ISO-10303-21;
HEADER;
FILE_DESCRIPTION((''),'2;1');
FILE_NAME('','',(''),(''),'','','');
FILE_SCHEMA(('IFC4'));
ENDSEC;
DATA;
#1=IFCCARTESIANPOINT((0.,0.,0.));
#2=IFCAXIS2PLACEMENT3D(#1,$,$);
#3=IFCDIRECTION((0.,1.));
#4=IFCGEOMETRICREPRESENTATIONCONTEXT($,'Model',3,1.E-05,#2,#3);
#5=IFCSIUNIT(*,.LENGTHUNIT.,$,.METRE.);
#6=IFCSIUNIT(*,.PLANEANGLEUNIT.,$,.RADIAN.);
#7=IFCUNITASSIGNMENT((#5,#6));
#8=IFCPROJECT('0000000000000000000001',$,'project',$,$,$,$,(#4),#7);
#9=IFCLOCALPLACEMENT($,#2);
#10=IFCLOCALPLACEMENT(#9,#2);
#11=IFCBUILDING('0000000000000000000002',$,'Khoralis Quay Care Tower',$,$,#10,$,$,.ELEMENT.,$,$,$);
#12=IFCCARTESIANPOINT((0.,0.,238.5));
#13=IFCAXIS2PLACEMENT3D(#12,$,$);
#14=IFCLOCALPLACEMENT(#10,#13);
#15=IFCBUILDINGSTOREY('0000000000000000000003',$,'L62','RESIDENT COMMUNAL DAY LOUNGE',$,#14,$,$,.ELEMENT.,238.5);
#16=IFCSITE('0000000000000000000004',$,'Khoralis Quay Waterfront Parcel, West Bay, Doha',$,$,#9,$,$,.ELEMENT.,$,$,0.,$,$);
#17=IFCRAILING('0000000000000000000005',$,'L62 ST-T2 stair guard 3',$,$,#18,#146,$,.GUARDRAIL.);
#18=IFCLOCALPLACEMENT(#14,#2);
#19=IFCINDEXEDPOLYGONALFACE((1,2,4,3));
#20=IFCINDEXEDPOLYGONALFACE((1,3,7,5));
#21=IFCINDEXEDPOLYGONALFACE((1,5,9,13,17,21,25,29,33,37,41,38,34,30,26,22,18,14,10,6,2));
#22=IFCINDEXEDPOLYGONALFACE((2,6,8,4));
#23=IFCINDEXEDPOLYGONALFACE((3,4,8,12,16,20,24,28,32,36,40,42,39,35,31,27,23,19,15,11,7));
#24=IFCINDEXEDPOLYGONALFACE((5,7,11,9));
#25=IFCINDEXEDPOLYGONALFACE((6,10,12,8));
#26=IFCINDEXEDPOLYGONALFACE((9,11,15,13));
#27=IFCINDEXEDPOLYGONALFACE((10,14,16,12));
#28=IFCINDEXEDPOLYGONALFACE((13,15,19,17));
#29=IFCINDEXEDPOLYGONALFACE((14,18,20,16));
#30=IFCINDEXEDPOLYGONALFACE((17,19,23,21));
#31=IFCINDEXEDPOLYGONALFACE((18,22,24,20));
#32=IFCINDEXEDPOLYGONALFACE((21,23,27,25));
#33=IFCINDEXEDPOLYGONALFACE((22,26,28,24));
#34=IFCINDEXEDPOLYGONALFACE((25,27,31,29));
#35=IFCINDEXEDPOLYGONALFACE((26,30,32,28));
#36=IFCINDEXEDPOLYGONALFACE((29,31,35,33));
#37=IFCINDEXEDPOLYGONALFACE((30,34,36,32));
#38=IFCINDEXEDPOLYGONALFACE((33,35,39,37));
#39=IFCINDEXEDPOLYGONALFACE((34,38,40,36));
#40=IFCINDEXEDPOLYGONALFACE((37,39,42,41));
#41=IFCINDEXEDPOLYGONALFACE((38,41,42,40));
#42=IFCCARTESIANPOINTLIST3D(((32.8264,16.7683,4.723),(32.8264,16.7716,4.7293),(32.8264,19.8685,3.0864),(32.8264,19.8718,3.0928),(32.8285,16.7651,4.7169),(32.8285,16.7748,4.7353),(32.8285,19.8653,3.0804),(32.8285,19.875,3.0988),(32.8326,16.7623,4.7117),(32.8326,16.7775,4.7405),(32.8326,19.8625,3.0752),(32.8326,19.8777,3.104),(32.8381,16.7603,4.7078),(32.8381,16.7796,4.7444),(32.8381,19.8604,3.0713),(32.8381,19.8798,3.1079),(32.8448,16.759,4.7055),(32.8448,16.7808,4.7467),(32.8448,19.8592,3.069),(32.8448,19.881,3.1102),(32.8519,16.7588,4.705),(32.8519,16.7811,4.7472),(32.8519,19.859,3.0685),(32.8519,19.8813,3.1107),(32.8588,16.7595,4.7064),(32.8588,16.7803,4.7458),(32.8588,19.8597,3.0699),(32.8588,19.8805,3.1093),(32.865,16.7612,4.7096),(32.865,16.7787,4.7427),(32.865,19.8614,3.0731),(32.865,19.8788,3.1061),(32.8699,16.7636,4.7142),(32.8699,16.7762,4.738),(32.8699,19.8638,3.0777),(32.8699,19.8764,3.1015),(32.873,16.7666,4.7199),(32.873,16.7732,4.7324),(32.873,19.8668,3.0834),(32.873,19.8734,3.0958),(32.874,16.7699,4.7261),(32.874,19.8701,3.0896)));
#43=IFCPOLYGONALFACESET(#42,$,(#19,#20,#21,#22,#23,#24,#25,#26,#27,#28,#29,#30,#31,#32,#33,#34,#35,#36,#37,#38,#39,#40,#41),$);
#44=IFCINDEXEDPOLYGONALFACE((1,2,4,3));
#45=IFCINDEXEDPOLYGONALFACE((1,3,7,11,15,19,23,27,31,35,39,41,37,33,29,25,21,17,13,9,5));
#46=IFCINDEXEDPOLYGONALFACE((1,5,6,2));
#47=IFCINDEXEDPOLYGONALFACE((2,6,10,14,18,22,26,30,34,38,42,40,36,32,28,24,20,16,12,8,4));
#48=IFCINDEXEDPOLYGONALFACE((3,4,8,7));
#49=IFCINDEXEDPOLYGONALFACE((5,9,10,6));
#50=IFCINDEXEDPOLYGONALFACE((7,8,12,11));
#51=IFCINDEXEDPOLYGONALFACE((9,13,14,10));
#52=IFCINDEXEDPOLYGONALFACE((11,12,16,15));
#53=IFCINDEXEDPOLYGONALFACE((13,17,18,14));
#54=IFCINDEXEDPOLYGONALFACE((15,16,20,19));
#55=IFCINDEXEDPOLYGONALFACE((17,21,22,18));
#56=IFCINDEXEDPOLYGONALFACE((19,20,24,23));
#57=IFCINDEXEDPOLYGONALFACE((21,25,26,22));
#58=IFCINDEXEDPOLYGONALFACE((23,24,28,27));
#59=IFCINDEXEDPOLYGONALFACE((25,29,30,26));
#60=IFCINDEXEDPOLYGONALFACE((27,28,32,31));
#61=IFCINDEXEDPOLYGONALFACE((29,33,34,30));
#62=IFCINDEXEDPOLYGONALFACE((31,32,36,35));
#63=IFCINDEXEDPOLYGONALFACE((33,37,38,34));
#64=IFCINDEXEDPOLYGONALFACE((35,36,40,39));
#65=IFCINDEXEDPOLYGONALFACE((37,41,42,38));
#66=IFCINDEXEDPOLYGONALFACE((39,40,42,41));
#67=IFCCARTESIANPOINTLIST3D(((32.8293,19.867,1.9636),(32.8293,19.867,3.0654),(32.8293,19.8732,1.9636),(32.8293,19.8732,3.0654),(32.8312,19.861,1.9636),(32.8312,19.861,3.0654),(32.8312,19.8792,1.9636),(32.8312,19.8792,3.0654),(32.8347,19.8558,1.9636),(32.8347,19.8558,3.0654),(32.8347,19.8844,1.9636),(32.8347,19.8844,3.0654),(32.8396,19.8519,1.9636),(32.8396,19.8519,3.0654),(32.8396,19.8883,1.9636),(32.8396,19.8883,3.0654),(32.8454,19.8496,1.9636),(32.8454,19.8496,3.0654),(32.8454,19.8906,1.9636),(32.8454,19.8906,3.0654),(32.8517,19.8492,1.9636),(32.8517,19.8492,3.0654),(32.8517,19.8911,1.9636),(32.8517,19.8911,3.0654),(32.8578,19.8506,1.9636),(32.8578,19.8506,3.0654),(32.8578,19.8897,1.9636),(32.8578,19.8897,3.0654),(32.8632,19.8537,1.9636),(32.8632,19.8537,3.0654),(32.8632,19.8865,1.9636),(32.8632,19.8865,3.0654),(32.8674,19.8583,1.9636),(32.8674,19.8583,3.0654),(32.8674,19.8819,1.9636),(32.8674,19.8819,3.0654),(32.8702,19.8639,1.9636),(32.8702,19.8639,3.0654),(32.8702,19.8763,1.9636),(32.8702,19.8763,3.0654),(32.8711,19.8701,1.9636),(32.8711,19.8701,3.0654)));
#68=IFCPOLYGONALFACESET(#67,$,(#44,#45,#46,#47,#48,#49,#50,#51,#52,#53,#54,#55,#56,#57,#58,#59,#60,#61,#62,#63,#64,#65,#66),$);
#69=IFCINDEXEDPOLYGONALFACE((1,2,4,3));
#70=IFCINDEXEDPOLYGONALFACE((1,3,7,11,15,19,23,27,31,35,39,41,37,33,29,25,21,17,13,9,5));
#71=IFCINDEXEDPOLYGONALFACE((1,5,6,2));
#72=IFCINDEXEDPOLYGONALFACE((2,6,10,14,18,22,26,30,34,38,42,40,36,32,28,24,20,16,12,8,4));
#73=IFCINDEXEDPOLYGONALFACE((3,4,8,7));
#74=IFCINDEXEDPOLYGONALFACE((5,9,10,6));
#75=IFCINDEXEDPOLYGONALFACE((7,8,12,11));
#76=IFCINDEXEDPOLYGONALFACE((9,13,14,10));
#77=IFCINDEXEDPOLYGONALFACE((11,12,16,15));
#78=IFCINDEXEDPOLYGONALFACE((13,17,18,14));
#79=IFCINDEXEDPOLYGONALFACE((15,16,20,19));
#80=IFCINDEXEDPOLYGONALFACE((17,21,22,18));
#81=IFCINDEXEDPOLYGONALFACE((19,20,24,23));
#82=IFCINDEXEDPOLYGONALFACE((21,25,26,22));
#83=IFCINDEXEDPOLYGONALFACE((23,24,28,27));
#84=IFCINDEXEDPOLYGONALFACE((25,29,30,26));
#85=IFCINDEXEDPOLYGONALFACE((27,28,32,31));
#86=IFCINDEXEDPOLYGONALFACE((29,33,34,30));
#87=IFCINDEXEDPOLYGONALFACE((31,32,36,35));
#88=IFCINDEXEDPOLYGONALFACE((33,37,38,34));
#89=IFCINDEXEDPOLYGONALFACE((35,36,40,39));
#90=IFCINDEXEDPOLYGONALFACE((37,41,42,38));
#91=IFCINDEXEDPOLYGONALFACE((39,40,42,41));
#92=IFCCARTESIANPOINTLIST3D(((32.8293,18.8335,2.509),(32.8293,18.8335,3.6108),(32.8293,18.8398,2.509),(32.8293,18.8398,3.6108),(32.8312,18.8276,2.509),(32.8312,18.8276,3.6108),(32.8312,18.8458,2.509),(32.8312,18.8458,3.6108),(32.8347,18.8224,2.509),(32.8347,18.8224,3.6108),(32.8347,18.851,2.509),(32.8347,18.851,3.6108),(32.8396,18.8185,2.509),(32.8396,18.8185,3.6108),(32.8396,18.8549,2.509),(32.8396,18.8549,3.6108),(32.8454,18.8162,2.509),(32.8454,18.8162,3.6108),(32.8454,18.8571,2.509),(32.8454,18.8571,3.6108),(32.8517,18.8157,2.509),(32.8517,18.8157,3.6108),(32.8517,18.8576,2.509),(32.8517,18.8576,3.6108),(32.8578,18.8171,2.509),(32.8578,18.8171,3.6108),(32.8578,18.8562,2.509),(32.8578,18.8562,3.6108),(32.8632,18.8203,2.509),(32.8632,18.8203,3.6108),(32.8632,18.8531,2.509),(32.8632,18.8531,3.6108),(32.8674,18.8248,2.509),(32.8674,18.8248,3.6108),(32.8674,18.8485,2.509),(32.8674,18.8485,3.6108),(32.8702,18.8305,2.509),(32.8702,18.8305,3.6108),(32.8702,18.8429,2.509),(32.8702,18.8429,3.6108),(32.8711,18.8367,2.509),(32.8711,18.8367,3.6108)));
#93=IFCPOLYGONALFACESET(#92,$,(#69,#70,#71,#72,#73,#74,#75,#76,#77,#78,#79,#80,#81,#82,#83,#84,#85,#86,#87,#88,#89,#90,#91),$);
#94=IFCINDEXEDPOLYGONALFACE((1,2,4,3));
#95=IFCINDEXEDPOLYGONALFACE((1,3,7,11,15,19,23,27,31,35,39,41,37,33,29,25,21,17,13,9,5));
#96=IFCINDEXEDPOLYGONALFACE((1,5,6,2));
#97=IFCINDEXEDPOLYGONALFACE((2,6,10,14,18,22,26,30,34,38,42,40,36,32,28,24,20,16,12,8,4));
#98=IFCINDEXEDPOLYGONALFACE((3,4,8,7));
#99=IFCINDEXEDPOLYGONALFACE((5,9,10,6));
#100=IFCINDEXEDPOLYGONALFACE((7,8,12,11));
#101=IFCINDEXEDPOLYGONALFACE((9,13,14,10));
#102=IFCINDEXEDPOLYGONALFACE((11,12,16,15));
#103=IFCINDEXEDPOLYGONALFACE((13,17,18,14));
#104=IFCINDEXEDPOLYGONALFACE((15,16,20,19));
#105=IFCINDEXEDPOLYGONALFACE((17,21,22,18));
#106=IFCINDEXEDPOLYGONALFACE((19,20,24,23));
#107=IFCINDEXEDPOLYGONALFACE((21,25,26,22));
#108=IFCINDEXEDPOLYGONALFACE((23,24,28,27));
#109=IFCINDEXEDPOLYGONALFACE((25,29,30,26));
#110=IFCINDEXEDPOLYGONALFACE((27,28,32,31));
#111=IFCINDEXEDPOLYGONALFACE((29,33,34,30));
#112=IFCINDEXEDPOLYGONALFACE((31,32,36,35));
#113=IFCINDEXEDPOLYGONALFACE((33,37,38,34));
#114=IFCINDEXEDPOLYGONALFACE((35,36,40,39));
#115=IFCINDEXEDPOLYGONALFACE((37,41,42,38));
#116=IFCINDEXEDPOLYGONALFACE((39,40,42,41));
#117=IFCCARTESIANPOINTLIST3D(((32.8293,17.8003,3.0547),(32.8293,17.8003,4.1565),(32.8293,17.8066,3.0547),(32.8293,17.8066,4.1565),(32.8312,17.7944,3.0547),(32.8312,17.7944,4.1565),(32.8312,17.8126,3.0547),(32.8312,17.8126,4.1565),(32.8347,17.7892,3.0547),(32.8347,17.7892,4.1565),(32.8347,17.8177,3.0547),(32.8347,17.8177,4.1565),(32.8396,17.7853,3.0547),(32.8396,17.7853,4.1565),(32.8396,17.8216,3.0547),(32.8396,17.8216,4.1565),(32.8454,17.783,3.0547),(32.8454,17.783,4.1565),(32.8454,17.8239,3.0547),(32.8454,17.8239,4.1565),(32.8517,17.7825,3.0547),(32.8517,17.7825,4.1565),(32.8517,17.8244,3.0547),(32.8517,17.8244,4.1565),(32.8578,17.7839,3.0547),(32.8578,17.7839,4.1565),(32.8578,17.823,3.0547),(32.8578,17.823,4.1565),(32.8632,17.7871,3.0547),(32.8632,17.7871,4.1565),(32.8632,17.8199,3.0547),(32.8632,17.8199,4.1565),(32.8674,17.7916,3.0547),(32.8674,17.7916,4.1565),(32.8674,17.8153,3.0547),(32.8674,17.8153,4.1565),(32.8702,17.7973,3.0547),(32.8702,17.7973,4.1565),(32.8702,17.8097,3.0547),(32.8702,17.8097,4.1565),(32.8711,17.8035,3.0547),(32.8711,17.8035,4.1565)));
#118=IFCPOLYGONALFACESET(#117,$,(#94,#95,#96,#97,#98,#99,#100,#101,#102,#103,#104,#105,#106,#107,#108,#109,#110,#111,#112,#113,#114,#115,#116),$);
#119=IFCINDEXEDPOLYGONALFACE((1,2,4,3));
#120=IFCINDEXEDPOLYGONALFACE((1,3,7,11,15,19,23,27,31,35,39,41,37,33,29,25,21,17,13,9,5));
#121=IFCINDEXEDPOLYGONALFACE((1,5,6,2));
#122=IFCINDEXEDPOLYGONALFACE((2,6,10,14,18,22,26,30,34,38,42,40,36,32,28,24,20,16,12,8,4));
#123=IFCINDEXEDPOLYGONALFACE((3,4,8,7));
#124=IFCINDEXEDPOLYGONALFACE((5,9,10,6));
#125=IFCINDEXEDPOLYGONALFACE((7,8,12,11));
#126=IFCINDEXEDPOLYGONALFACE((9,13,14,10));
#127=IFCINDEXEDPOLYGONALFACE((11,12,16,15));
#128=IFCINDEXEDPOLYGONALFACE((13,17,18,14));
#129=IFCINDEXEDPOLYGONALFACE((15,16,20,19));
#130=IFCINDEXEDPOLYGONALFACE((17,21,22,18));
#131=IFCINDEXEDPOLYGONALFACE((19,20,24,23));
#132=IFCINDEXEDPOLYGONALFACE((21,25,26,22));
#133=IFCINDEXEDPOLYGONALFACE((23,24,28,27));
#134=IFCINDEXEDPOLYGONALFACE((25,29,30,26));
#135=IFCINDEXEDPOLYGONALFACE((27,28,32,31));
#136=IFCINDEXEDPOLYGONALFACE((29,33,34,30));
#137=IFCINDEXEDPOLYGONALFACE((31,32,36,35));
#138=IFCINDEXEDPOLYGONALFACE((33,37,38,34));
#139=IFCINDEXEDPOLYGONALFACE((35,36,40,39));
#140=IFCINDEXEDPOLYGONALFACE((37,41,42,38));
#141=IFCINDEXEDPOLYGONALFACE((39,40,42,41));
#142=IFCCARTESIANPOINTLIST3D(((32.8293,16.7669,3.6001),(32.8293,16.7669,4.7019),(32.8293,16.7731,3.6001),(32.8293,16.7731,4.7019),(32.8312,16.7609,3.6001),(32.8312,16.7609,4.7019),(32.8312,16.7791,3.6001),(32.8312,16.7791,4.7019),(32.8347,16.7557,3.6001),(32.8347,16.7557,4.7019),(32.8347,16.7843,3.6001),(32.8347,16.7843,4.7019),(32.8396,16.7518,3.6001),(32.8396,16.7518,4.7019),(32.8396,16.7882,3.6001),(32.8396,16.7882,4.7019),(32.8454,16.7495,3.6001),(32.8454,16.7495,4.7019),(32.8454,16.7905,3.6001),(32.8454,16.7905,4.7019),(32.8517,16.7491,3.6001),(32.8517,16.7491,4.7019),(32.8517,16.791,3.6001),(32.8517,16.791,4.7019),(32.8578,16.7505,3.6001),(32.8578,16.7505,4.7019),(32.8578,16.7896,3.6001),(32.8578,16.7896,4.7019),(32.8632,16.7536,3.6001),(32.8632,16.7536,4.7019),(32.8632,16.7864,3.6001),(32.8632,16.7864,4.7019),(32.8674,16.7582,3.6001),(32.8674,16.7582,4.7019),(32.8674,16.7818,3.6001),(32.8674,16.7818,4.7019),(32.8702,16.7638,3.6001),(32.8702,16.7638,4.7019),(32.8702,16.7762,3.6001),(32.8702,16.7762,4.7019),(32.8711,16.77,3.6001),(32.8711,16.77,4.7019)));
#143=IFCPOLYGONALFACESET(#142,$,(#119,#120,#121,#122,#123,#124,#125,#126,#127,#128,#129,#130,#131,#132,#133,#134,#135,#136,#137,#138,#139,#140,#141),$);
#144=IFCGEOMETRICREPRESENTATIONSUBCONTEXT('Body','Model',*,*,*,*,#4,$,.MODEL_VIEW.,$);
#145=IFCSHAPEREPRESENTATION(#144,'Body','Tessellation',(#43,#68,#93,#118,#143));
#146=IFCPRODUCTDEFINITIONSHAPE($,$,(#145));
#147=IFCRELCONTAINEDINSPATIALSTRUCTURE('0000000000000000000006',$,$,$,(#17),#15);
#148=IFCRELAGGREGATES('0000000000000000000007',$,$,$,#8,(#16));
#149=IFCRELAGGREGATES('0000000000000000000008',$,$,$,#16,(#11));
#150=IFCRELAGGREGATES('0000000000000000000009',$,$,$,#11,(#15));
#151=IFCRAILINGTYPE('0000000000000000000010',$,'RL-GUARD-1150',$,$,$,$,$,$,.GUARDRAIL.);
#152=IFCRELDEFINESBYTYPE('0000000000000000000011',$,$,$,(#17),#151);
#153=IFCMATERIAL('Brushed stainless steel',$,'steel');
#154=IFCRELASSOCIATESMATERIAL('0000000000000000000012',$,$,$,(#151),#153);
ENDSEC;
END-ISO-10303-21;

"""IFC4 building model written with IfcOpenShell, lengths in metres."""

from ifc_helpers import new_model, si_unit, direction, frame, origin, origin_2d, place, context, subcontext, project, spatial, circle, extrude, material, type_object, element, save


model = new_model("IFC4")

# Units and contexts
model_context = context("Model", 3, precision=1e-05, world=origin(), true_north=direction((0.0, 1.0)))
body_context = subcontext(model_context, "Body", "Model", "MODEL_VIEW")
ifc_project = project(units=[si_unit("LENGTHUNIT", "METRE"), si_unit("PLANEANGLEUNIT", "RADIAN")], contexts=[model_context])

# Site, building, storey
site_placement = place(None, origin())
site = spatial("IfcSite", under=ifc_project, at=site_placement, Name="Khoralis Quay Waterfront Parcel, West Bay, Doha", CompositionType="ELEMENT", RefElevation=0.0)
building_placement = place(site_placement, origin())
building = spatial("IfcBuilding", under=site, at=building_placement, Name="Khoralis Quay Care Tower", CompositionType="ELEMENT")
storey_placement = place(building_placement, frame((0.0, 0.0, 238.5)))
storey = spatial("IfcBuildingStorey", under=building, at=storey_placement, Name="L62", Description="RESIDENT COMMUNAL DAY LOUNGE", CompositionType="ELEMENT", Elevation=238.5)

# Railing
ifc_material_1 = material(Name="Brushed stainless steel", Category="steel")
railing_type_1 = type_object("IfcRailingType", Name="RL-GUARD-1150", PredefinedType="GUARDRAIL", material=ifc_material_1)
railing_1_placement = place(storey_placement, frame((32.8501, 19.8701, 1.9636)))
element("IfcRailing", 1, at=railing_1_placement, inside=storey, type_object=railing_type_1, Name="L62 ST-T2 stair guard 3", PredefinedType="GUARDRAIL", context=body_context, shape_type="SweptSolid", body=[
    extrude(circle(Radius=0.0239, at=origin_2d()), frame((0.0, 0.0, 1.126), z_axis=(0.0, -0.884348, 0.466828), x_axis=(1.0, 0.0, 0.0)), (0.0, 0.0, 1.0), 3.5056),
    extrude(circle(Radius=0.021, at=origin_2d()), origin(), (0.0, 0.0, 1.0), 1.1018),
    extrude(circle(Radius=0.021, at=origin_2d()), frame((0.0, -1.0334, 0.5454)), (0.0, 0.0, 1.0), 1.1018),
    extrude(circle(Radius=0.021, at=origin_2d()), frame((0.0, -2.0667, 1.0911)), (0.0, 0.0, 1.0), 1.1018),
    extrude(circle(Radius=0.021, at=origin_2d()), frame((0.0, -3.1001, 1.6365)), (0.0, 0.0, 1.0), 1.1018),
])

save(model, "model.ifc")
